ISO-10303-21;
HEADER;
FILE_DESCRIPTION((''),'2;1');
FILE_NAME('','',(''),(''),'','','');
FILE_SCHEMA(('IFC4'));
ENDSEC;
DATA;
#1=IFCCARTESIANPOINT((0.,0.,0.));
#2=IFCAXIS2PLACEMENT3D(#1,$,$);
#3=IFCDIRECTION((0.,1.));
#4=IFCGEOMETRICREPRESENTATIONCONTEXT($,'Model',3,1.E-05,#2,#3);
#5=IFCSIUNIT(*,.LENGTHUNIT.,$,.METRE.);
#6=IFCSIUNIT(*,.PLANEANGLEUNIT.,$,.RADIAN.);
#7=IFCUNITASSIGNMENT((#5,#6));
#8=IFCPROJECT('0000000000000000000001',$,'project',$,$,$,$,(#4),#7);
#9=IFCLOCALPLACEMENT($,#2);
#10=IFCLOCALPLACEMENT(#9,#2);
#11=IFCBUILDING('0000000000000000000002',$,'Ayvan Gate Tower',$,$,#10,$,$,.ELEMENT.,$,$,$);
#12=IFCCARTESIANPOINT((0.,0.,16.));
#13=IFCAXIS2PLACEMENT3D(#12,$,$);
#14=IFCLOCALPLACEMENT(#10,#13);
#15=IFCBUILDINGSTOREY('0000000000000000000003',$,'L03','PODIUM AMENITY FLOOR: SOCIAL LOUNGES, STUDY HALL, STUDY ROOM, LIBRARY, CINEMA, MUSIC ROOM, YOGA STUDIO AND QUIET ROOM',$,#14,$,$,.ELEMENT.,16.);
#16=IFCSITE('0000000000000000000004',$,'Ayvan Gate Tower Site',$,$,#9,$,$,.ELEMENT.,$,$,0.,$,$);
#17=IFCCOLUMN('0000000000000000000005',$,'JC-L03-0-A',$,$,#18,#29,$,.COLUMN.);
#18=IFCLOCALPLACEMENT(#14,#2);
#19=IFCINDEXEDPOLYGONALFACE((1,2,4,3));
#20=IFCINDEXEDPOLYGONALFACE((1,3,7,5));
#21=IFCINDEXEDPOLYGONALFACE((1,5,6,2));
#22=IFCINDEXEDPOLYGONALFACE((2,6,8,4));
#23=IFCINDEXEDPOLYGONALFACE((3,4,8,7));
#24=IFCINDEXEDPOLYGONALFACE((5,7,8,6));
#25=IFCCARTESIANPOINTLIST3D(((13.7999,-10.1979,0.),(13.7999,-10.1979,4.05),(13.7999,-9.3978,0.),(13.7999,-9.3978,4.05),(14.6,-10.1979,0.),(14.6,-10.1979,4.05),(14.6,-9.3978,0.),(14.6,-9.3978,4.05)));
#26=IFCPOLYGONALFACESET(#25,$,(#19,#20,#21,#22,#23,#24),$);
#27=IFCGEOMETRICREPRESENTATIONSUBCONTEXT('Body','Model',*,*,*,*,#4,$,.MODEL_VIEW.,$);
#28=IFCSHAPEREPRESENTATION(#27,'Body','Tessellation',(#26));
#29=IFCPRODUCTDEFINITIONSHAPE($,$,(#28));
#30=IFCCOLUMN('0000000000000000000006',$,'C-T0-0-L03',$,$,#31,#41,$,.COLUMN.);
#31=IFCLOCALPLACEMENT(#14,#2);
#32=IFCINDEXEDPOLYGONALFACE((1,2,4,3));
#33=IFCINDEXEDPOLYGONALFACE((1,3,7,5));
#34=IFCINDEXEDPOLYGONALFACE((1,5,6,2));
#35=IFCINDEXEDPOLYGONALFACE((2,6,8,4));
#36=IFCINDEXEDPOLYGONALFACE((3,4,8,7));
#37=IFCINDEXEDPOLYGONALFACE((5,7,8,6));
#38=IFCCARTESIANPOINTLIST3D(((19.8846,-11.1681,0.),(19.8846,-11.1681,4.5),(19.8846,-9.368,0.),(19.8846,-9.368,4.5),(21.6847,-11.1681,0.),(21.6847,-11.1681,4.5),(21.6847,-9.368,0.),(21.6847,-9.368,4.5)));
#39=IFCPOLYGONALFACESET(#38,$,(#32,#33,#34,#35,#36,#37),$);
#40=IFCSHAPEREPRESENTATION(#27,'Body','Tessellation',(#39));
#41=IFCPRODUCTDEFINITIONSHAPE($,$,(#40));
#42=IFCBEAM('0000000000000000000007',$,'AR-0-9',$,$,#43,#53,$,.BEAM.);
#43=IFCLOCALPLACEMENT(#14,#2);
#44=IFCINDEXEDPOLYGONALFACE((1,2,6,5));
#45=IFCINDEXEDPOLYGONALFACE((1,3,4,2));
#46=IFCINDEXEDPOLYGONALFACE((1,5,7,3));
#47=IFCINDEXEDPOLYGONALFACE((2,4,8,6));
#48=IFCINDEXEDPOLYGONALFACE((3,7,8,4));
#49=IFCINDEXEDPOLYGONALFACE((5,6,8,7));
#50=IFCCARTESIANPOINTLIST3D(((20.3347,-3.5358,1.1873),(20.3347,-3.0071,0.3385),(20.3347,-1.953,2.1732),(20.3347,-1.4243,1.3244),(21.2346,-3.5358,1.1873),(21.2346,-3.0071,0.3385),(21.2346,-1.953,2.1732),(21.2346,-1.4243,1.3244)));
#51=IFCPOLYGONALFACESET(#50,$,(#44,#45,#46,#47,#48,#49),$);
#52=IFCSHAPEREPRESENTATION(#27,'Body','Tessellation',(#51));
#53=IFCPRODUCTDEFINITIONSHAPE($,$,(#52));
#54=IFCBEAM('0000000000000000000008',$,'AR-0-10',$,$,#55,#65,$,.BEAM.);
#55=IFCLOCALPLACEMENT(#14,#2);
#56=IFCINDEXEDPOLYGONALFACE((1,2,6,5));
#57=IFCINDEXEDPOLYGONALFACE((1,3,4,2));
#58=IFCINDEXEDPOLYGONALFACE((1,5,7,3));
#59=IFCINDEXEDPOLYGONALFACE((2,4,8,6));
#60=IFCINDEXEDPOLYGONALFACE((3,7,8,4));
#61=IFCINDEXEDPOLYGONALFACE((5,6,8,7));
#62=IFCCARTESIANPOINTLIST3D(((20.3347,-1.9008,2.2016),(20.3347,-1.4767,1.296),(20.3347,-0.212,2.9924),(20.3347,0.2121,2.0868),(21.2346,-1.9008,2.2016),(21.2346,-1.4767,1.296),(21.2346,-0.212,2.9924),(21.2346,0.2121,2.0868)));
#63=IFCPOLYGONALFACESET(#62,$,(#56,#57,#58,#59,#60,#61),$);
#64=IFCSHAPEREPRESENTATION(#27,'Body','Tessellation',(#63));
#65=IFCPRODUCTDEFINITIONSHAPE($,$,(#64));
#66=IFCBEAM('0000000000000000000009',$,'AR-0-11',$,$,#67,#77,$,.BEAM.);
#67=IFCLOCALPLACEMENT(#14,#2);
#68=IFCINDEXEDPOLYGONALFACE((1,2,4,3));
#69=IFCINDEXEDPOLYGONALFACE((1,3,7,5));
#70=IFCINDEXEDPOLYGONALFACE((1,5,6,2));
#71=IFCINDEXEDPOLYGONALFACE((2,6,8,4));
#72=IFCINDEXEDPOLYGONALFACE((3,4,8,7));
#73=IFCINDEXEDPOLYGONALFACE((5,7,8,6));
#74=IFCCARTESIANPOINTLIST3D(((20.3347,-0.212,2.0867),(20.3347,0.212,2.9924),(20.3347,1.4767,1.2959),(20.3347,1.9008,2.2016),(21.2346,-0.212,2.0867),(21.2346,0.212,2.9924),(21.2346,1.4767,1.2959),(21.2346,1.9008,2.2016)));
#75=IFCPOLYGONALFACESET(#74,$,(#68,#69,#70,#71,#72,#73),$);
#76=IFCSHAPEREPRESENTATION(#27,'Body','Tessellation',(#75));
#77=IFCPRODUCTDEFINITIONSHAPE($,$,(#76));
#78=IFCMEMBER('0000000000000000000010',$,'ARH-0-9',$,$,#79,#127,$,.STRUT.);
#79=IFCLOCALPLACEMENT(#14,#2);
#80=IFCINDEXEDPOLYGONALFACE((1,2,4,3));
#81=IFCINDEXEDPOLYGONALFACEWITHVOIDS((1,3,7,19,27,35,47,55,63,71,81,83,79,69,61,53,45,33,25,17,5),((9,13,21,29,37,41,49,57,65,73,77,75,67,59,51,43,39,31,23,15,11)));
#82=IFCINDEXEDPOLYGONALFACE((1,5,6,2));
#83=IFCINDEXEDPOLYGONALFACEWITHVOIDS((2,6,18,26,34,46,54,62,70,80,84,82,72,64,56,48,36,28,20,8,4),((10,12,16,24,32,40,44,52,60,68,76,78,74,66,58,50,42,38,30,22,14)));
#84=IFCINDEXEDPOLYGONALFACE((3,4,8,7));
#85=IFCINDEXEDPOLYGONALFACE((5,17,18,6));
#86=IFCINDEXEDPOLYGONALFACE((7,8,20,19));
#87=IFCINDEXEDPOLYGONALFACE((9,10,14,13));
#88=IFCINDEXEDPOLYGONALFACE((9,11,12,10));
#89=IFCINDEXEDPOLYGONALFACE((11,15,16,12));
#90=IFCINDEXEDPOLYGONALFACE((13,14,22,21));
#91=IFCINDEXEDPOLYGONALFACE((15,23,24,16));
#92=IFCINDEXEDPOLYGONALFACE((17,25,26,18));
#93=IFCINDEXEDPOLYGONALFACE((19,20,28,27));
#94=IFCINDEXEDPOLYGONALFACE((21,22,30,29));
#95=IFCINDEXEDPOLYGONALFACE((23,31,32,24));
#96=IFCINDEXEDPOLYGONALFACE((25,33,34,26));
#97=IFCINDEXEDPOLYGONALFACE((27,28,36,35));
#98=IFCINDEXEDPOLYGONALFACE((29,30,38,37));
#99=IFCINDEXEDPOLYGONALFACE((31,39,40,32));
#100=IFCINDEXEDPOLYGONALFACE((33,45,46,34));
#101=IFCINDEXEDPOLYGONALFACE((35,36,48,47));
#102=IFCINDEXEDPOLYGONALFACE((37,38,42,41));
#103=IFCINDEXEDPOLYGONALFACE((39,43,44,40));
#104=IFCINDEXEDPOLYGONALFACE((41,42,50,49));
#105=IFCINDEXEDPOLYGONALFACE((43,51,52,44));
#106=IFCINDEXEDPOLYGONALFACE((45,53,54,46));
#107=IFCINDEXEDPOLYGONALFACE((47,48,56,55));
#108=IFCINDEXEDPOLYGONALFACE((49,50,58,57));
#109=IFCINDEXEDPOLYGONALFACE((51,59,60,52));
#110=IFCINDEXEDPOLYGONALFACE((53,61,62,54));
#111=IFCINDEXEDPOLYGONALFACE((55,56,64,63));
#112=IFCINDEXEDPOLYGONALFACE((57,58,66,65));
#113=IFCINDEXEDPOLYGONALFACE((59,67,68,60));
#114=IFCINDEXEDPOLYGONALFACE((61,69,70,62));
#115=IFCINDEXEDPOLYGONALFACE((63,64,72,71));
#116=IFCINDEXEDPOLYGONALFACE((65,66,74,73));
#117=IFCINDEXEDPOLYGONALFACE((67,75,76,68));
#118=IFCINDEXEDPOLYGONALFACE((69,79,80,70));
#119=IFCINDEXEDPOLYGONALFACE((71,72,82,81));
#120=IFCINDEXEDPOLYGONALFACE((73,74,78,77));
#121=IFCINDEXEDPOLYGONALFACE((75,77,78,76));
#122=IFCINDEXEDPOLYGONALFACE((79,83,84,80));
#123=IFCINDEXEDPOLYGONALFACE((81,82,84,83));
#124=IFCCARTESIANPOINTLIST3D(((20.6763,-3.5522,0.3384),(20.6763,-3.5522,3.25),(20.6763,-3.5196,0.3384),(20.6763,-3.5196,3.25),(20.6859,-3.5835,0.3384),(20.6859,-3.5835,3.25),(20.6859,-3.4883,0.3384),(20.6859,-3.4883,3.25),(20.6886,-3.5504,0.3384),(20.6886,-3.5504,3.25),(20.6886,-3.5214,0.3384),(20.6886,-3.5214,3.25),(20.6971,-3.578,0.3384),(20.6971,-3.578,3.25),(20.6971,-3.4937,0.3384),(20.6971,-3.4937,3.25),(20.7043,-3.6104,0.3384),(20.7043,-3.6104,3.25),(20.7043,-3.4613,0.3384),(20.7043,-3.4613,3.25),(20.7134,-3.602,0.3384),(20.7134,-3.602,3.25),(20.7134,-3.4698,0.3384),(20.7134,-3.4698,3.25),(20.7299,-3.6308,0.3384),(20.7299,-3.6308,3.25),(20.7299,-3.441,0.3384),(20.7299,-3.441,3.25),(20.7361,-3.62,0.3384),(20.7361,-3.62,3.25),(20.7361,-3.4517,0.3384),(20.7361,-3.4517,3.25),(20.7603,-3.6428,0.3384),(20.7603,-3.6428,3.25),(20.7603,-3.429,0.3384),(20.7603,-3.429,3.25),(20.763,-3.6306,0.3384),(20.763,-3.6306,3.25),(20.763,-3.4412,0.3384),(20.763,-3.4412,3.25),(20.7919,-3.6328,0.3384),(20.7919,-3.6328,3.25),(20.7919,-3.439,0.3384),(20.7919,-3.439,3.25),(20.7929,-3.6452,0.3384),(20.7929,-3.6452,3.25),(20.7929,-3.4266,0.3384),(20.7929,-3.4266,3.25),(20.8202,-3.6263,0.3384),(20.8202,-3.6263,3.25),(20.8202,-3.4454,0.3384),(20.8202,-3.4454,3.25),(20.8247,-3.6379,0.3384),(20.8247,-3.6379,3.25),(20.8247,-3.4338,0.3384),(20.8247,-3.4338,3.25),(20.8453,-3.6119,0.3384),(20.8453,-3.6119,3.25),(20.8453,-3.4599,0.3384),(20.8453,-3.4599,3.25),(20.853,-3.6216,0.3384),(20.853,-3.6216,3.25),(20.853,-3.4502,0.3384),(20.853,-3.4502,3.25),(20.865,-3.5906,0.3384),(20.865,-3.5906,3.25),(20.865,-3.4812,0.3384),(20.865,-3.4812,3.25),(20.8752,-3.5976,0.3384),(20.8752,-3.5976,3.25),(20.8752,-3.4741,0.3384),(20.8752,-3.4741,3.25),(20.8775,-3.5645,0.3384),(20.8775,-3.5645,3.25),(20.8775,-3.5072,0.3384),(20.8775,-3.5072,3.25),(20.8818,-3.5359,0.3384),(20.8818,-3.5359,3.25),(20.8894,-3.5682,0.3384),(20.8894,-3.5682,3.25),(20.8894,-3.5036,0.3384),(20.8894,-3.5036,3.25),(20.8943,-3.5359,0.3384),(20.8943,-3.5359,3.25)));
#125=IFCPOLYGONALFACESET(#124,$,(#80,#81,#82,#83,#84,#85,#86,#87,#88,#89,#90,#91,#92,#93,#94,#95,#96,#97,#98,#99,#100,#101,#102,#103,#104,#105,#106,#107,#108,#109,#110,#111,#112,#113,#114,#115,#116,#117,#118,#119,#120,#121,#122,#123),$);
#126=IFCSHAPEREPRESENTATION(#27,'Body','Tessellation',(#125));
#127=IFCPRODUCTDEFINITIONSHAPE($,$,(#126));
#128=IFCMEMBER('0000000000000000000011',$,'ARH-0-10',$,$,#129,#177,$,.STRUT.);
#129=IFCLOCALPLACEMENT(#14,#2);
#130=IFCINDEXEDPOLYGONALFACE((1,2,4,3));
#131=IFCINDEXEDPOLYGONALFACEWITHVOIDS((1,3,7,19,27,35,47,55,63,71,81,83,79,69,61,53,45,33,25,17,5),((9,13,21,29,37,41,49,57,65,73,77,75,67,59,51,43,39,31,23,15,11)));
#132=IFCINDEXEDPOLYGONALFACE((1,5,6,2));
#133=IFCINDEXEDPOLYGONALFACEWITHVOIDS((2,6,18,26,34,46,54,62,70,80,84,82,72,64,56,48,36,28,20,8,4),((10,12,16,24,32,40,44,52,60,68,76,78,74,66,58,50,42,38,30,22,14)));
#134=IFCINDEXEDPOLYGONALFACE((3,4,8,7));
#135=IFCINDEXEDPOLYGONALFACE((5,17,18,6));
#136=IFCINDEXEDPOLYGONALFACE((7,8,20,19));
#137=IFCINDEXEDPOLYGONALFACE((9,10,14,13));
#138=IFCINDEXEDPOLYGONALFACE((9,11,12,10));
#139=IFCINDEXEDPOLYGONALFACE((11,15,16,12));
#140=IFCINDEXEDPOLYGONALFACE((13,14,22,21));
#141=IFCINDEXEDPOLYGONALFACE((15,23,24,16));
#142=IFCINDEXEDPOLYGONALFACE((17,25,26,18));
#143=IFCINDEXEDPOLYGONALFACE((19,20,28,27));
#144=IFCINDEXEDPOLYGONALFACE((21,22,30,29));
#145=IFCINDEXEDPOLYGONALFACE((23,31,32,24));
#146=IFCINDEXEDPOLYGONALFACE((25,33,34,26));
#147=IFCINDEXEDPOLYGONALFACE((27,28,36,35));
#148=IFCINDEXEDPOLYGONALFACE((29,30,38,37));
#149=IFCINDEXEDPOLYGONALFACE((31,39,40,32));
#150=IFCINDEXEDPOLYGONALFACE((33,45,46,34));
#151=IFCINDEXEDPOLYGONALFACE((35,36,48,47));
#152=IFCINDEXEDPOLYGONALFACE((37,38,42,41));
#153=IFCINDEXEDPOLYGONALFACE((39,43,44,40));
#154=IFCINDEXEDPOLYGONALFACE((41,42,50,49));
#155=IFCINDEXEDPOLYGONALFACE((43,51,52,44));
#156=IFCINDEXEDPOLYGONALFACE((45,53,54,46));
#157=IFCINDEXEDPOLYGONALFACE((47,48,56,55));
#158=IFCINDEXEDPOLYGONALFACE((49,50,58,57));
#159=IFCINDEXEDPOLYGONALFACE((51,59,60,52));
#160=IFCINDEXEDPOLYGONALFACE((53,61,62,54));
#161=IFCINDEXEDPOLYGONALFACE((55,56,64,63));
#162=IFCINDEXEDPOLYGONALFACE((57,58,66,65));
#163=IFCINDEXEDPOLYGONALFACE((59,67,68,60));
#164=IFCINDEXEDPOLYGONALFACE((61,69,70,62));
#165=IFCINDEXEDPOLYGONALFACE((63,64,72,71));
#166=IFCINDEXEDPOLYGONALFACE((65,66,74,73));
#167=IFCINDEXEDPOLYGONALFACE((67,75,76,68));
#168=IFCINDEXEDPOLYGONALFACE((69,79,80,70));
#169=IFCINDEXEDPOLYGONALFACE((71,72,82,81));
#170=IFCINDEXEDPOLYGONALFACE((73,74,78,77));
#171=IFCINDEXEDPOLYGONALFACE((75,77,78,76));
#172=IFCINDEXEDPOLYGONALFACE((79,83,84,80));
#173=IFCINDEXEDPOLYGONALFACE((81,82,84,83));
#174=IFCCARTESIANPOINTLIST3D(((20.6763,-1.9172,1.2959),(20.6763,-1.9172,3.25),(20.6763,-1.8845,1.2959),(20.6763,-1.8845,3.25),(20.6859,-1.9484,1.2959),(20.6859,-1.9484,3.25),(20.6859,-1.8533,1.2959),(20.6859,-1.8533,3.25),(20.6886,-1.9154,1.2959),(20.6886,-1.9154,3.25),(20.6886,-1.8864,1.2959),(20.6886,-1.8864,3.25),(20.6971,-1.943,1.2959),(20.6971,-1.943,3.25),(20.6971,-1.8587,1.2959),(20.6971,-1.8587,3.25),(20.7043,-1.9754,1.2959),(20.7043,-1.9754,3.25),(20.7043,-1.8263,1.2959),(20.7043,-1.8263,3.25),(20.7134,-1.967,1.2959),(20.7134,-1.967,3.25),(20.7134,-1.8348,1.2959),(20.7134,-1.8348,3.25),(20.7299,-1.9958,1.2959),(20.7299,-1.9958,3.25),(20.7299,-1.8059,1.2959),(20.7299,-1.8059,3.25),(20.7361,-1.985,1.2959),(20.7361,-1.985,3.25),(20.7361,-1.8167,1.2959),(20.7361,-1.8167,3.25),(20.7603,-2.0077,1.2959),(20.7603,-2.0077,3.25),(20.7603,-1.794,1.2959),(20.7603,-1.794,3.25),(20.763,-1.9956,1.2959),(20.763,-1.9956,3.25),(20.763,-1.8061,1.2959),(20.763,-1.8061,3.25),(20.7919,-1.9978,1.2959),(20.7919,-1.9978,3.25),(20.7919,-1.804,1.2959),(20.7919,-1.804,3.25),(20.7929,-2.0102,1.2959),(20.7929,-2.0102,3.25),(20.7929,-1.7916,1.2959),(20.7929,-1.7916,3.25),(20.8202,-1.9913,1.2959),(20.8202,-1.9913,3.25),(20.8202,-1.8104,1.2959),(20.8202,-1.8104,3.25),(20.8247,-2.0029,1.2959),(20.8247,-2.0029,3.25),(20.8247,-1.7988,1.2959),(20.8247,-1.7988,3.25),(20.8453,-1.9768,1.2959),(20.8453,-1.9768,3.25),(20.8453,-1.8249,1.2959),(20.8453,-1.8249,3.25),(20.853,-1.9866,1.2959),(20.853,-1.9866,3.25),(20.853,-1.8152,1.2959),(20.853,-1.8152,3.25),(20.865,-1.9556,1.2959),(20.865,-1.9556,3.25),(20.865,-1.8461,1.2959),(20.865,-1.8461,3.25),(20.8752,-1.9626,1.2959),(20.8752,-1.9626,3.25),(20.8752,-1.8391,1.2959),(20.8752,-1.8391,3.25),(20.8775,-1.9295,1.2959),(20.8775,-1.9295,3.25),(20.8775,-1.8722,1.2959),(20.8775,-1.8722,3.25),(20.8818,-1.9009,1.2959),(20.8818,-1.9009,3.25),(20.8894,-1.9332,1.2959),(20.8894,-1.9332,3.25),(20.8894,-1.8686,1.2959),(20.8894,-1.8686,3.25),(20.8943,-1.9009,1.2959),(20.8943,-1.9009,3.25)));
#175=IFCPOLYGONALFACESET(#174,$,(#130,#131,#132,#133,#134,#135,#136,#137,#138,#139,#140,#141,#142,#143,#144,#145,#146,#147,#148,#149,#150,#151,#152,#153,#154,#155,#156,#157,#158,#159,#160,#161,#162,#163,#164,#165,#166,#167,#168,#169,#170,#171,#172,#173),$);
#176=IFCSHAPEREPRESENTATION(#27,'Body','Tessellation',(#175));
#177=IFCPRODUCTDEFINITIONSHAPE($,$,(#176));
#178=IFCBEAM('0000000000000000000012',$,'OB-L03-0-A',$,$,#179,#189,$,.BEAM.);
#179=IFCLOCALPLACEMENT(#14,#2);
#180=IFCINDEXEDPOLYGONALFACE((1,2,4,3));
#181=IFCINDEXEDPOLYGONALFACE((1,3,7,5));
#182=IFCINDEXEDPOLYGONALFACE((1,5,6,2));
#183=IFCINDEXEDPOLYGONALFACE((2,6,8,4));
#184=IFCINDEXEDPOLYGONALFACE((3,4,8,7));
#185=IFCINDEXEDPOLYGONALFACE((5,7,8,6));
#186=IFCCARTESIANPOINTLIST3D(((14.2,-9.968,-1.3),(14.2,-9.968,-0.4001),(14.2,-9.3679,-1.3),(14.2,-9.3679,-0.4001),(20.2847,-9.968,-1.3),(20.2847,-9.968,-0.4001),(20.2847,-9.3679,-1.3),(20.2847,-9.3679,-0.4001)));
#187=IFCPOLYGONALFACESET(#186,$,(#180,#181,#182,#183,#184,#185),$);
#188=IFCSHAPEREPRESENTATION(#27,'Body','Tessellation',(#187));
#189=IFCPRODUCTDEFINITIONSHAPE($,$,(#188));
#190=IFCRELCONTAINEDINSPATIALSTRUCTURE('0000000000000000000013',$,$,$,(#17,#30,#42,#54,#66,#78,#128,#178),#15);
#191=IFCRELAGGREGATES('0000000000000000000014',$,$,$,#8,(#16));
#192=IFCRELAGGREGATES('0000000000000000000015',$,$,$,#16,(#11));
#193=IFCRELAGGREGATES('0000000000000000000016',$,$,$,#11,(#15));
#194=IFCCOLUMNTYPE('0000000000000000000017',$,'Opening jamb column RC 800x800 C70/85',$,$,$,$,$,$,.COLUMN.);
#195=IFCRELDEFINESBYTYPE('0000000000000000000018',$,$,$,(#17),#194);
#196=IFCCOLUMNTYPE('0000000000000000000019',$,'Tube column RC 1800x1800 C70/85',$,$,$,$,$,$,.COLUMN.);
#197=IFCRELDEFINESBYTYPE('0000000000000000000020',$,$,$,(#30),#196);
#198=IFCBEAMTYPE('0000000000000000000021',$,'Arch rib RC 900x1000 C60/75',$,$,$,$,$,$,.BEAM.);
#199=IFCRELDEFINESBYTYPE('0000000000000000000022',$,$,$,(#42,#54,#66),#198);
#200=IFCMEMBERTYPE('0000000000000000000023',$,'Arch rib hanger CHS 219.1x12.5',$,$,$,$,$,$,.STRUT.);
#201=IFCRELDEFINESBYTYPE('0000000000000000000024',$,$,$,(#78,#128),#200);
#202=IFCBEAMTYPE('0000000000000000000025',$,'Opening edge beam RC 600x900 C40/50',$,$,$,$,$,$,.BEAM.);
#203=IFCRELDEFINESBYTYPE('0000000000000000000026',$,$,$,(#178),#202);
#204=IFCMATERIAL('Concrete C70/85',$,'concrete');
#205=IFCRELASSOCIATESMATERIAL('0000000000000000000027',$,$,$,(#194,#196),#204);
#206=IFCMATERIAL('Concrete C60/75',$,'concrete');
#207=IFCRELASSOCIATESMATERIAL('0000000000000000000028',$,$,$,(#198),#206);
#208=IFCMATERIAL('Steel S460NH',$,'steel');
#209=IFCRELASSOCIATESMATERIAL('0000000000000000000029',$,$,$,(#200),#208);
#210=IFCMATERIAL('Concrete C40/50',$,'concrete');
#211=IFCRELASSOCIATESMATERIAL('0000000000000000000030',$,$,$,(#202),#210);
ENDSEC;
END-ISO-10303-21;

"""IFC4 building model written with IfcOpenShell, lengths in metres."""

from ifc_helpers import new_model, si_unit, direction, frame, origin, origin_2d, place, context, subcontext, project, spatial, rectangle, hollow_circle, extrude, material, material_profile, profile_set, type_object, element, save


model = new_model("IFC4")

# Units and contexts
model_context = context("Model", 3, precision=1e-05, world=origin(), true_north=direction((0.0, 1.0)))
body_context = subcontext(model_context, "Body", "Model", "MODEL_VIEW")
ifc_project = project(units=[si_unit("LENGTHUNIT", "METRE"), si_unit("PLANEANGLEUNIT", "RADIAN")], contexts=[model_context])

# Site, building, storey
site_placement = place(None, origin())
site = spatial("IfcSite", under=ifc_project, at=site_placement, Name="Ayvan Gate Tower Site", CompositionType="ELEMENT", RefElevation=0.0)
building_placement = place(site_placement, origin())
building = spatial("IfcBuilding", under=site, at=building_placement, Name="Ayvan Gate Tower", CompositionType="ELEMENT")
storey_placement = place(building_placement, frame((0.0, 0.0, 16.0)))
storey = spatial("IfcBuildingStorey", under=building, at=storey_placement, Name="L03", Description="PODIUM AMENITY FLOOR: SOCIAL LOUNGES, STUDY HALL, STUDY ROOM, LIBRARY, CINEMA, MUSIC ROOM, YOGA STUDIO AND QUIET ROOM", CompositionType="ELEMENT", Elevation=16.0)

# Columns
ifc_material_1 = material(Name="Concrete C70/85", Category="concrete")
ifc_material_profile_1 = material_profile(ifc_material_1, rectangle(XDim=0.8, YDim=0.8, at=origin_2d()), Name="RC 800x800")
ifc_profile_set_1 = profile_set([ifc_material_profile_1], Name="Concrete C70/85")
column_type_1 = type_object("IfcColumnType", Name="Opening jamb column RC 800x800 C70/85", PredefinedType="COLUMN", material=ifc_profile_set_1)
column_1_placement = place(storey_placement, frame((14.2, -9.7979, 0.0), z_axis=(0.0, 0.0, 1.0), x_axis=(1.0, 0.0, 0.0)))
element("IfcColumn", 1, at=column_1_placement, inside=storey, type_object=column_type_1, Name="JC-L03-0-A", PredefinedType="COLUMN", context=body_context, shape_type="SweptSolid", body=[
    extrude(rectangle(XDim=0.8, YDim=0.8, at=origin_2d()), origin(), (0.0, 0.0, 1.0), 4.05),
])
ifc_material_profile_2 = material_profile(ifc_material_1, rectangle(XDim=1.8, YDim=1.8, at=origin_2d()), Name="RC 1800x1800")
ifc_profile_set_2 = profile_set([ifc_material_profile_2], Name="Concrete C70/85")
column_type_2 = type_object("IfcColumnType", Name="Tube column RC 1800x1800 C70/85", PredefinedType="COLUMN", material=ifc_profile_set_2)
column_2_placement = place(storey_placement, frame((20.7847, -10.2681, 0.0), z_axis=(0.0, 0.0, 1.0), x_axis=(1.0, 0.0, 0.0)))
element("IfcColumn", 2, at=column_2_placement, inside=storey, type_object=column_type_2, Name="C-T0-0-L03", PredefinedType="COLUMN", context=body_context, shape_type="SweptSolid", body=[
    extrude(rectangle(XDim=1.8, YDim=1.8, at=origin_2d()), origin(), (0.0, 0.0, 1.0), 4.5),
])

# Beams
ifc_material_2 = material(Name="Concrete C60/75", Category="concrete")
ifc_material_profile_3 = material_profile(ifc_material_2, rectangle(XDim=0.8999, YDim=1.0, at=origin_2d()), Name="RC 900x1000")
ifc_profile_set_3 = profile_set([ifc_material_profile_3], Name="Concrete C60/75")
beam_type_1 = type_object("IfcBeamType", Name="Arch rib RC 900x1000 C60/75", PredefinedType="BEAM", material=ifc_profile_set_3)
for number, where, z_axis, x_axis, name in (
    (3, (20.7847, -3.2715, 0.7629), (0.0, 0.848814, 0.528692), (-1.0, 0.0, 0.0), "AR-0-9"),
    (4, (20.7847, -1.6887, 1.7488), (0.0, 0.905627, 0.424075), (-1.0, 0.0, 0.0), "AR-0-10"),
    (5, (20.7847, 0.0, 2.5396), (0.0, 0.905627, -0.424075), (-1.0, 0.0, 0.0), "AR-0-11"),
):
    element("IfcBeam", number, at=place(storey_placement, frame(where, z_axis=z_axis, x_axis=x_axis)), inside=storey, type_object=beam_type_1, Name=name, PredefinedType="BEAM", context=body_context, shape_type="SweptSolid", body=[
        extrude(rectangle(XDim=0.8999, YDim=1.0, at=origin_2d()), origin(), (0.0, 0.0, 1.0), 1.8647),
    ])

# Members
ifc_material_3 = material(Name="Steel S460NH", Category="steel")
ifc_material_profile_4 = material_profile(ifc_material_3, hollow_circle(Radius=0.1096, WallThickness=0.0125, at=origin_2d()), Name="CHS 219.1x12.5")
ifc_profile_set_4 = profile_set([ifc_material_profile_4], Name="Steel S460NH")
member_type = type_object("IfcMemberType", Name="Arch rib hanger CHS 219.1x12.5", PredefinedType="STRUT", material=ifc_profile_set_4)
member_1_placement = place(storey_placement, frame((20.7847, -3.5359, 0.3384), z_axis=(0.0, 0.0, 1.0), x_axis=(1.0, 0.0, 0.0)))
element("IfcMember", 6, at=member_1_placement, inside=storey, type_object=member_type, Name="ARH-0-9", PredefinedType="STRUT", context=body_context, shape_type="SweptSolid", body=[
    extrude(hollow_circle(Radius=0.1096, WallThickness=0.0125, at=origin_2d()), origin(), (0.0, 0.0, 1.0), 2.9116),
])
member_2_placement = place(storey_placement, frame((20.7847, -1.9009, 1.2959), z_axis=(0.0, 0.0, 1.0), x_axis=(1.0, 0.0, 0.0)))
element("IfcMember", 7, at=member_2_placement, inside=storey, type_object=member_type, Name="ARH-0-10", PredefinedType="STRUT", context=body_context, shape_type="SweptSolid", body=[
    extrude(hollow_circle(Radius=0.1096, WallThickness=0.0125, at=origin_2d()), origin(), (0.0, 0.0, 1.0), 1.9541),
])

# Beam
ifc_material_4 = material(Name="Concrete C40/50", Category="concrete")
ifc_material_profile_5 = material_profile(ifc_material_4, rectangle(XDim=0.6001, YDim=0.8999, at=origin_2d()), Name="RC 600x900")
ifc_profile_set_5 = profile_set([ifc_material_profile_5], Name="Concrete C40/50")
beam_type_2 = type_object("IfcBeamType", Name="Opening edge beam RC 600x900 C40/50", PredefinedType="BEAM", material=ifc_profile_set_5)
beam_1_placement = place(storey_placement, frame((20.2847, -9.668, -0.8501), z_axis=(-1.0, 0.0, 0.0), x_axis=(0.0, -1.0, 0.0)))
element("IfcBeam", 8, at=beam_1_placement, inside=storey, type_object=beam_type_2, Name="OB-L03-0-A", PredefinedType="BEAM", context=body_context, shape_type="SweptSolid", body=[
    extrude(rectangle(XDim=0.6001, YDim=0.8999, at=origin_2d()), origin(), (0.0, 0.0, 1.0), 6.0847),
])

save(model, "model.ifc")
